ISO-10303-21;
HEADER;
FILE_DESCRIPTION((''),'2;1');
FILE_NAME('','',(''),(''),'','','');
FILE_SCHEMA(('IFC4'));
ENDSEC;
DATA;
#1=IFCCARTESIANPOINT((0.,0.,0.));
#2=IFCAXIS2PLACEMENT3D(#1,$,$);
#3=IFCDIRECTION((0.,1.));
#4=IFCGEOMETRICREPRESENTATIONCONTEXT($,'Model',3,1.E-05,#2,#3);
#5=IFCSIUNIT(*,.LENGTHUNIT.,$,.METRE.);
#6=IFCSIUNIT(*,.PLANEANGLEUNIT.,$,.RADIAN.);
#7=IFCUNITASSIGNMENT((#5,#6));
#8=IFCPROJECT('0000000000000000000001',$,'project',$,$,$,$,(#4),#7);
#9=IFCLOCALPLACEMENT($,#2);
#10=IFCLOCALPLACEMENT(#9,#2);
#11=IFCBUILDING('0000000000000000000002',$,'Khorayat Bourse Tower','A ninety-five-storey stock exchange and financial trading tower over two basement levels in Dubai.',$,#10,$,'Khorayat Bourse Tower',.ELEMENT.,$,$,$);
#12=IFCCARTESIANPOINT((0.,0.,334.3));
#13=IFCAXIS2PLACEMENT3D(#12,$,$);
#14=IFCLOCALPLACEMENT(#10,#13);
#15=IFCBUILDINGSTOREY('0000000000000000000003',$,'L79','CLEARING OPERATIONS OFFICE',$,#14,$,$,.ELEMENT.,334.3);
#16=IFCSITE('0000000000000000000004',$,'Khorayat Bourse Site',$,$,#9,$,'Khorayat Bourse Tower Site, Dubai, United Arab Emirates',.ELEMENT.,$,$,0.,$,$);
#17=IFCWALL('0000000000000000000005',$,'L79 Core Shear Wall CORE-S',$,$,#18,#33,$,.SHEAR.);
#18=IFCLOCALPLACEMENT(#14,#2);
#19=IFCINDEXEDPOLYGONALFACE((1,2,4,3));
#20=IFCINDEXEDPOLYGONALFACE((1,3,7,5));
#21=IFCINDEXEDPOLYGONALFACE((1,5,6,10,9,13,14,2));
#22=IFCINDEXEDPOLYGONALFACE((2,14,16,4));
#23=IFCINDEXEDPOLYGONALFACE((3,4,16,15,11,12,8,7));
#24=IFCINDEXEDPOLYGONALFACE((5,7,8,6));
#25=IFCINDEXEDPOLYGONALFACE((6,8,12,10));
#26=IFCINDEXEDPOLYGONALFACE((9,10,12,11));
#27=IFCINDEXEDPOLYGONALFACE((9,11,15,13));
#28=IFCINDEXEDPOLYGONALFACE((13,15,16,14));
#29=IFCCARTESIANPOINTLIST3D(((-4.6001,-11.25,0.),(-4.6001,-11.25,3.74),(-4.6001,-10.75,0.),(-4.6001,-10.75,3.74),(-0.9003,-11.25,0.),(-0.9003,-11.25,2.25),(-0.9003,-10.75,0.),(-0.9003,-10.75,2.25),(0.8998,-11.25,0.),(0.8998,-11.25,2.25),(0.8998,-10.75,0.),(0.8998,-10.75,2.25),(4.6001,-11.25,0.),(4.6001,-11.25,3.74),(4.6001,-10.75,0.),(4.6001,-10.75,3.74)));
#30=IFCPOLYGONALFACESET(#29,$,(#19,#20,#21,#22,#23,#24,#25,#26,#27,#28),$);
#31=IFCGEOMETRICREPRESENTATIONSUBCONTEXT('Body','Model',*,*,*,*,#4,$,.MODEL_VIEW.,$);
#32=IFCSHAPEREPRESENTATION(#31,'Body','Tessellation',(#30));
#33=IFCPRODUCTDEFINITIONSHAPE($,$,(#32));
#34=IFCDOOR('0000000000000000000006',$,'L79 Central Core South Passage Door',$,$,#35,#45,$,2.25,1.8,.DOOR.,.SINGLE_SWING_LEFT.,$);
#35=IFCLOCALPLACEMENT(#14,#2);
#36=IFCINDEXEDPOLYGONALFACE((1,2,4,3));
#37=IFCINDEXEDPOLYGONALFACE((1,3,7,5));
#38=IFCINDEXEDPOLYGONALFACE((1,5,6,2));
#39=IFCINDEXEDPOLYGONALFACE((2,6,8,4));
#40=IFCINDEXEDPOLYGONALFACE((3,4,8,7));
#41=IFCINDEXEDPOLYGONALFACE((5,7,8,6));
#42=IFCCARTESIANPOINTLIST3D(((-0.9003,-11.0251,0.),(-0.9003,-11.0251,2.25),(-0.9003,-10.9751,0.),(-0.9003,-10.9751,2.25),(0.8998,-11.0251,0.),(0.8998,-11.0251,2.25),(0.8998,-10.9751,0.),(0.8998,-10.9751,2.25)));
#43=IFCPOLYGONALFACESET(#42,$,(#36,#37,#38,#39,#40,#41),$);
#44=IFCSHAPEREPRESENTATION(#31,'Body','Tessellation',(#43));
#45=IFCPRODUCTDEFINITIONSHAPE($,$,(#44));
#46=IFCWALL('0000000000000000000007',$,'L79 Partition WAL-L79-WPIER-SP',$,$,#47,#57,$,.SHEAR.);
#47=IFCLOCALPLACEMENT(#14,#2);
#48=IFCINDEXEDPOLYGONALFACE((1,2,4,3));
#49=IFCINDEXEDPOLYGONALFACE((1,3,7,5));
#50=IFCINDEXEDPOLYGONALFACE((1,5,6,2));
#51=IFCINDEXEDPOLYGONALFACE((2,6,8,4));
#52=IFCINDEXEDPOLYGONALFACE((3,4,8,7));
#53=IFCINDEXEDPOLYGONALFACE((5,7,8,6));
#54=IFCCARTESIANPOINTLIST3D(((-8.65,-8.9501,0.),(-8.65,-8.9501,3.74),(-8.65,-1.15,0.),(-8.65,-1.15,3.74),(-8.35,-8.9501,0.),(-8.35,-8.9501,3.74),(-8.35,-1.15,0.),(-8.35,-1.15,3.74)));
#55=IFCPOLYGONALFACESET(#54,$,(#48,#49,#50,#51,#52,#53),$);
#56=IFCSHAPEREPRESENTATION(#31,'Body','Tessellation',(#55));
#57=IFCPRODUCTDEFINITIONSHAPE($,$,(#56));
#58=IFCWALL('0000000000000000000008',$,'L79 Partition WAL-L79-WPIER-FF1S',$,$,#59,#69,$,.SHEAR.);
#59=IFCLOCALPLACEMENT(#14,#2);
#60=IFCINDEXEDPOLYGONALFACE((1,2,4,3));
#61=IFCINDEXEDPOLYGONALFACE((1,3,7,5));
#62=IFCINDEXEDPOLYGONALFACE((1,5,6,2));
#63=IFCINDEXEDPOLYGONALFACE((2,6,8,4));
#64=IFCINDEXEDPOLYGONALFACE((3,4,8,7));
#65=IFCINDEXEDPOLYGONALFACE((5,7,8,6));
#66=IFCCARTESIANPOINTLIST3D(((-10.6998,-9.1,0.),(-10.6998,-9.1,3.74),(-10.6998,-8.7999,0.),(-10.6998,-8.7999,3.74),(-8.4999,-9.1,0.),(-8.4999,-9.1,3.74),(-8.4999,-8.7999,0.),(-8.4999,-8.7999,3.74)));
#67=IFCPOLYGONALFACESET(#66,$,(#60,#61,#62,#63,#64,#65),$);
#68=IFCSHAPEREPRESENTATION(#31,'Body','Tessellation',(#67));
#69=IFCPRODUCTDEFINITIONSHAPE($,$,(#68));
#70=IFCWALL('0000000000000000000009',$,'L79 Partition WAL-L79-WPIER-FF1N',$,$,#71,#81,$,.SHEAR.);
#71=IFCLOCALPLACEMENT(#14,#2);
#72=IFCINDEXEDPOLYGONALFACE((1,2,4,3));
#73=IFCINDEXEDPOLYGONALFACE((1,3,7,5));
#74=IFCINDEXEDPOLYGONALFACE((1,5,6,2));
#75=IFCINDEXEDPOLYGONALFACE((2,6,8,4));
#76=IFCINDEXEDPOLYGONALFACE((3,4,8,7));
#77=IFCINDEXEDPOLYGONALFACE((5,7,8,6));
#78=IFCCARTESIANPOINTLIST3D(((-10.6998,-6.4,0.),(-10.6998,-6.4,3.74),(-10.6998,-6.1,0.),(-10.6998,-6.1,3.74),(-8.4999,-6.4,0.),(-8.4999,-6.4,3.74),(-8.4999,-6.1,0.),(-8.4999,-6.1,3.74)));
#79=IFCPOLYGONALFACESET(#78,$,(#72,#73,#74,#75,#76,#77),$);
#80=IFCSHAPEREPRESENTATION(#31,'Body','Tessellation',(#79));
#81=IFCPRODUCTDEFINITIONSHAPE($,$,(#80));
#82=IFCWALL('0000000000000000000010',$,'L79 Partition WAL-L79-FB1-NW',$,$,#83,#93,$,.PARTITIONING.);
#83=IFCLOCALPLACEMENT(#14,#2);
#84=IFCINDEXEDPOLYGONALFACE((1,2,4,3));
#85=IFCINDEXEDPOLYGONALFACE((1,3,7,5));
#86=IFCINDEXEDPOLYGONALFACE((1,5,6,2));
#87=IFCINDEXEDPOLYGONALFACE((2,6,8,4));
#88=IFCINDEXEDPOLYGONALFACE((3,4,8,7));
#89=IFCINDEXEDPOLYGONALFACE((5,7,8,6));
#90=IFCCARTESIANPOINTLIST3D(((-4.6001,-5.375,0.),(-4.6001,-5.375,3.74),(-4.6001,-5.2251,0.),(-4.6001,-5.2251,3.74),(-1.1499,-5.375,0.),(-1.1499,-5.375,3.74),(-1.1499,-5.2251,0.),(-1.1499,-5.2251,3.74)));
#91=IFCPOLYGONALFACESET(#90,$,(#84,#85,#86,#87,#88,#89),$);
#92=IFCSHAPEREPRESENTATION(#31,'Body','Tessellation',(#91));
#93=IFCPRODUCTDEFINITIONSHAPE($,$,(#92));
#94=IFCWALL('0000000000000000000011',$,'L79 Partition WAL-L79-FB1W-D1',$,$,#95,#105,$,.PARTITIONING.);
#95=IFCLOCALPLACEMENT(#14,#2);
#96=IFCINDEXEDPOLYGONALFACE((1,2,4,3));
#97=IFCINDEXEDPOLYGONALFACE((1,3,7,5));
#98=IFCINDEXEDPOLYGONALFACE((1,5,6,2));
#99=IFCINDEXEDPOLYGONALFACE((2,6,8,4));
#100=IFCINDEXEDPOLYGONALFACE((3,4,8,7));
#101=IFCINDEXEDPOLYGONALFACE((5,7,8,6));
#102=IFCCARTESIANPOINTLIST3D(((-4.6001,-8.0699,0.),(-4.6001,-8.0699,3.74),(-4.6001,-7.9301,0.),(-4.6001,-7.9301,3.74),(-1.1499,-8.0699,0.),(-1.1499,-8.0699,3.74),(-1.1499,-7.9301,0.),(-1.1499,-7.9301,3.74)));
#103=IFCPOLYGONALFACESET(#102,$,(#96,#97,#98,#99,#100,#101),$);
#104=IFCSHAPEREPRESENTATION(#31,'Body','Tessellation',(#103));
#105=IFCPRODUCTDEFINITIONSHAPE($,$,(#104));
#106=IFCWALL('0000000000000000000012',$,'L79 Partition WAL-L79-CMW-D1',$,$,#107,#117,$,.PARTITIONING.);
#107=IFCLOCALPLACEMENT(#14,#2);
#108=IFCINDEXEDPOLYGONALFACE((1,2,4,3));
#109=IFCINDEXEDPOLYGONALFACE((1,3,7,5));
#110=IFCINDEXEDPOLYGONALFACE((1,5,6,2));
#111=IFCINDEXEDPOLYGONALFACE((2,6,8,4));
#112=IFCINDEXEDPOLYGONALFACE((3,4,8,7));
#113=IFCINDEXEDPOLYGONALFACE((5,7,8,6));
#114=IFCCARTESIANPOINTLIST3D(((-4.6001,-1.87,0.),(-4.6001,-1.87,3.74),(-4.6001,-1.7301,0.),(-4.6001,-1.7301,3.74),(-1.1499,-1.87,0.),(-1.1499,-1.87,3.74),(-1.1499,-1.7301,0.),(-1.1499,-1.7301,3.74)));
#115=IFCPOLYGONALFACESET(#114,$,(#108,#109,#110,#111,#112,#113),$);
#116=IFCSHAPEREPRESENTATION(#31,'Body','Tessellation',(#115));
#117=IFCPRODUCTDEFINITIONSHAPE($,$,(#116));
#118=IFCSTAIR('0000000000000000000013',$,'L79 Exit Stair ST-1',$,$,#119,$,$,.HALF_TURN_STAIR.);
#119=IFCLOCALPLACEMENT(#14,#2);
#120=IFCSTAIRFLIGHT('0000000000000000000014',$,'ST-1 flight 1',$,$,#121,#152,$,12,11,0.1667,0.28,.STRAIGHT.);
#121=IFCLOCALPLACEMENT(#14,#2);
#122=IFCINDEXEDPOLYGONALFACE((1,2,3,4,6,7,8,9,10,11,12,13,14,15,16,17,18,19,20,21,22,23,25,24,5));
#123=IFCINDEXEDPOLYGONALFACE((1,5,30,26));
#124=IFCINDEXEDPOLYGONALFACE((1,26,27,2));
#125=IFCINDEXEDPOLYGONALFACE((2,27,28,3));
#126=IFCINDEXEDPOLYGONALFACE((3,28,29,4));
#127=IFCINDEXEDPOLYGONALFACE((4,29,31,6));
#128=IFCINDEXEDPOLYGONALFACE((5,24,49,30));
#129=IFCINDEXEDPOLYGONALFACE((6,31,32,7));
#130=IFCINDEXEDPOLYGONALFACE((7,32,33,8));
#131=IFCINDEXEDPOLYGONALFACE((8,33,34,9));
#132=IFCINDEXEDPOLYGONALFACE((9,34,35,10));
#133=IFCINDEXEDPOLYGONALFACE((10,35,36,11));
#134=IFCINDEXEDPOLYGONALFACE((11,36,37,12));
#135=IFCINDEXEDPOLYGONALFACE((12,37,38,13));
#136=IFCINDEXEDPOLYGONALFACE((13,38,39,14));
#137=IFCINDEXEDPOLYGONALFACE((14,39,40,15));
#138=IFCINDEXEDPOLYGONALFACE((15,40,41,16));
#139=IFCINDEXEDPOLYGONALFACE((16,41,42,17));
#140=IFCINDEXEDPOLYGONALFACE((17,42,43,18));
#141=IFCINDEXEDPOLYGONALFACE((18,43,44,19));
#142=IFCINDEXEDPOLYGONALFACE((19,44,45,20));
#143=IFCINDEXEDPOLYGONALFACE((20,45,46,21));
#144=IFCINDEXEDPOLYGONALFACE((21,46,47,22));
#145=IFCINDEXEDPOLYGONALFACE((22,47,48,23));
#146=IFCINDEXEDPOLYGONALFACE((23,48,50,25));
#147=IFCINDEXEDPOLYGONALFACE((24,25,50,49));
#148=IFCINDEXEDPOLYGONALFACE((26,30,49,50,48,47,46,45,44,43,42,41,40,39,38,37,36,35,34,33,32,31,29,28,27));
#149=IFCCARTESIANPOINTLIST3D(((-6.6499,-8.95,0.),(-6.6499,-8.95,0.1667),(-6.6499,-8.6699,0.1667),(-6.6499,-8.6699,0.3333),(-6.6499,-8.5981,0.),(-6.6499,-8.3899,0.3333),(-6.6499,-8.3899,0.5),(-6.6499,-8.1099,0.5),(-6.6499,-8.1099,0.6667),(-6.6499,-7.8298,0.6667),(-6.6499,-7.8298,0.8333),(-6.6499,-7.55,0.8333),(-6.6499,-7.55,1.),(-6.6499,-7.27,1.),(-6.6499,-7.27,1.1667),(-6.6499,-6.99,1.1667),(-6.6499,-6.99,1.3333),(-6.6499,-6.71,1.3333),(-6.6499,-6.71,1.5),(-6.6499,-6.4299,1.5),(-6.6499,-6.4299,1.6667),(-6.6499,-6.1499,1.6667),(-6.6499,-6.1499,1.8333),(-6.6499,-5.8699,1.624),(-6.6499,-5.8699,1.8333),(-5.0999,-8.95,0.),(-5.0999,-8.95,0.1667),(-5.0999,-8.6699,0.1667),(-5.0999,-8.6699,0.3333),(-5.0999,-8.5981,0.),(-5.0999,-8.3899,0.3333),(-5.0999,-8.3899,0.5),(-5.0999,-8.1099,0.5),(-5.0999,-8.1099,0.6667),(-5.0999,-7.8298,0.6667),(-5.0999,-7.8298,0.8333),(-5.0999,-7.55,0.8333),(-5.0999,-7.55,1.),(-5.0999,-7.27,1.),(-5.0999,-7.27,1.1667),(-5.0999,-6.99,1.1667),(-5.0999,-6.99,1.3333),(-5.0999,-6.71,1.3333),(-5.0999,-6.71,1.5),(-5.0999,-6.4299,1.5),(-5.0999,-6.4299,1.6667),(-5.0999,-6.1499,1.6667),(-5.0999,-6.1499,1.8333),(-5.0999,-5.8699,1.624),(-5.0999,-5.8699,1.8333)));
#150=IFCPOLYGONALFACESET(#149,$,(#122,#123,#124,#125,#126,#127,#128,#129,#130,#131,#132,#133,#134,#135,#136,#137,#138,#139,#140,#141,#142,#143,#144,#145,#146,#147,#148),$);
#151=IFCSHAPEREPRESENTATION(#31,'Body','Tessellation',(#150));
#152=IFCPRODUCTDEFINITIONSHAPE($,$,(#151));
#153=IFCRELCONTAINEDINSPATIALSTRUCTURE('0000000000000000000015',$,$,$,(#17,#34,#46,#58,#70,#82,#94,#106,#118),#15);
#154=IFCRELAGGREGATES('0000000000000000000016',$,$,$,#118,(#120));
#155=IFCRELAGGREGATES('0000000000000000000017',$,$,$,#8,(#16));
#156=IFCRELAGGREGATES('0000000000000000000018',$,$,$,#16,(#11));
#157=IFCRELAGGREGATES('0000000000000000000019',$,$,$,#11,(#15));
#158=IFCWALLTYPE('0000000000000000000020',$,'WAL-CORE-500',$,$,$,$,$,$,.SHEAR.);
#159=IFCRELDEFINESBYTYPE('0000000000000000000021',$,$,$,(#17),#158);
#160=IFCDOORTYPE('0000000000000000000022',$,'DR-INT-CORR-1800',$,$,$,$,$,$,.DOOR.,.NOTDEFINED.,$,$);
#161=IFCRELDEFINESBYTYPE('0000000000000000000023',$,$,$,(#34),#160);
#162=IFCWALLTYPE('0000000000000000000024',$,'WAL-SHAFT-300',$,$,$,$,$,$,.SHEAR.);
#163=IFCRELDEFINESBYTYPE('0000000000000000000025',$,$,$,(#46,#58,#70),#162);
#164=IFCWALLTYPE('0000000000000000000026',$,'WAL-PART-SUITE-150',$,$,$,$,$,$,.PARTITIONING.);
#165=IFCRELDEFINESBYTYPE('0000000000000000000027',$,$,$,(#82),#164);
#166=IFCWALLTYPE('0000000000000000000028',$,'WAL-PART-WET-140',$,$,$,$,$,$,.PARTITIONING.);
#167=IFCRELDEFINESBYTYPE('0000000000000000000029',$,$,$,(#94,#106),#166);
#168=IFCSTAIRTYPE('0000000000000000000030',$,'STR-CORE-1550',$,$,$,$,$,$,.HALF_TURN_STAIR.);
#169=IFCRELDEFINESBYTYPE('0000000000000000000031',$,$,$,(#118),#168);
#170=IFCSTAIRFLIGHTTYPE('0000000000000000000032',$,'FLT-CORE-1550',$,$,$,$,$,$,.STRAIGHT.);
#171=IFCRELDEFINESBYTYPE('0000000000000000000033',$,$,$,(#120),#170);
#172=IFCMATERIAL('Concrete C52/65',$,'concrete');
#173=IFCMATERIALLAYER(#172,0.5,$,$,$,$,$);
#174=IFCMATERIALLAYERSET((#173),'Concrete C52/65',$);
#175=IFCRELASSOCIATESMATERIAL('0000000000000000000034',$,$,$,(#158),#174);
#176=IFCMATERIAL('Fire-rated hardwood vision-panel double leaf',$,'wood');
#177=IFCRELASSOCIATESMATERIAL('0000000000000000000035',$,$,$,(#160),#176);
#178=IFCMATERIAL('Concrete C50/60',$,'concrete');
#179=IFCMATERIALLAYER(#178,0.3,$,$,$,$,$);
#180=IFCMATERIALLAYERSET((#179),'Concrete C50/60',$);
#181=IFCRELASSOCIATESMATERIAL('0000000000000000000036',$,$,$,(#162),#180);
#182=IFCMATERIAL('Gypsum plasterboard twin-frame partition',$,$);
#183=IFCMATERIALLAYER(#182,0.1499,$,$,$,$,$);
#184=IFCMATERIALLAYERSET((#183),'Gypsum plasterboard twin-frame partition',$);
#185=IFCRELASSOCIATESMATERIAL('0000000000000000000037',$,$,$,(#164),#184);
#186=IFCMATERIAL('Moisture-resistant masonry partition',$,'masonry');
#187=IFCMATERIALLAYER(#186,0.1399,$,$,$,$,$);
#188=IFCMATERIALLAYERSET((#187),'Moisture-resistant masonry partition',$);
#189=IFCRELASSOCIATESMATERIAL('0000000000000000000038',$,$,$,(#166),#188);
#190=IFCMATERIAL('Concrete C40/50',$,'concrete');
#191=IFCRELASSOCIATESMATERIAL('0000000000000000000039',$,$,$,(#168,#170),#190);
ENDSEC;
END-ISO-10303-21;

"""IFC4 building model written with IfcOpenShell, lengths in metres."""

from ifc_helpers import new_model, si_unit, direction, frame, frame_2d, origin, place, context, subcontext, project, spatial, polyline, rectangle, outline, extrude, source, transform, mapped, material, layer, layer_set, type_object, element, fill, aggregate, save


model = new_model("IFC4")

# Units and contexts
model_context = context("Model", 3, precision=1e-05, world=origin(), true_north=direction((0.0, 1.0)))
body_context = subcontext(model_context, "Body", "Model", "MODEL_VIEW")
ifc_project = project(units=[si_unit("LENGTHUNIT", "METRE"), si_unit("PLANEANGLEUNIT", "RADIAN")], contexts=[model_context])

# Site, building, storey
site_placement = place(None, origin())
site = spatial("IfcSite", under=ifc_project, at=site_placement, Name="Khorayat Bourse Site", LongName="Khorayat Bourse Tower Site, Dubai, United Arab Emirates", CompositionType="ELEMENT", RefElevation=0.0)
building_placement = place(site_placement, origin())
building = spatial("IfcBuilding", under=site, at=building_placement, Name="Khorayat Bourse Tower", Description="A ninety-five-storey stock exchange and financial trading tower over two basement levels in Dubai.", LongName="Khorayat Bourse Tower", CompositionType="ELEMENT")
storey_placement = place(building_placement, frame((0.0, 0.0, 334.3)))
storey = spatial("IfcBuildingStorey", under=building, at=storey_placement, Name="L79", Description="CLEARING OPERATIONS OFFICE", CompositionType="ELEMENT", Elevation=334.3)

# Shared definitions
ifc_material_1 = material(Name="Concrete C52/65", Category="concrete")

# Shared definitions
ifc_layer_1 = layer(ifc_material_1, 0.5)
ifc_layer_set_1 = layer_set([ifc_layer_1], Name="Concrete C52/65")
wall_type_1 = type_object("IfcWallType", Name="WAL-CORE-500", PredefinedType="SHEAR", material=ifc_layer_set_1)

# Wall, opening, door
shared_shape_1 = source(origin(), body_context, "Body", "SweptSolid", [
    extrude(rectangle(XDim=9.2002, YDim=0.5, at=frame_2d((4.6001, 0.0))), origin(), (0.0, 0.0, 1.0), 3.74),
])
wall_1_placement = place(storey_placement, frame((-4.6001, -11.0, 0.0), z_axis=(0.0, 0.0, 1.0), x_axis=(1.0, 0.0, 0.0)))
wall_1 = element("IfcWall", 1, at=wall_1_placement, inside=storey, type_object=wall_type_1, Name="L79 Core Shear Wall CORE-S", PredefinedType="SHEAR", context=body_context, shape_type="MappedRepresentation", body=[
    mapped(shared_shape_1, transform((0.0, 0.0, 0.0), scale=1.0)),
])
shared_shape_2 = source(origin(), body_context, "Body", "SweptSolid", [
    extrude(rectangle(XDim=1.8, YDim=2.25, at=frame_2d((0.8999, 1.125))), frame((0.0, 0.26, 0.0), z_axis=(0.0, -1.0, 0.0), x_axis=(1.0, 0.0, 0.0)), (0.0, 0.0, 1.0), 0.52),
])
opening_placement = place(wall_1_placement, frame((3.7, 0.0, 0.0)))
opening = element("IfcOpeningElement", 2, at=opening_placement, cuts=wall_1, PredefinedType="OPENING", context=body_context, shape_type="MappedRepresentation", body=[
    mapped(shared_shape_2, transform((0.0, 0.0, 0.0), scale=1.0)),
])
ifc_material_2 = material(Name="Fire-rated hardwood vision-panel double leaf", Category="wood")
door_type = type_object("IfcDoorType", Name="DR-INT-CORR-1800", OperationType="NOTDEFINED", PredefinedType="DOOR", material=ifc_material_2)
shared_shape_3 = source(origin(), body_context, "Body", "SweptSolid", [
    extrude(rectangle(XDim=1.8, YDim=2.25, at=frame_2d((0.8999, 1.125))), frame((0.0, 0.0249, 0.0), z_axis=(0.0, -1.0, 0.0), x_axis=(1.0, 0.0, 0.0)), (0.0, 0.0, 1.0), 0.05),
])
door_placement = place(opening_placement, origin())
door = element("IfcDoor", 3, at=door_placement, inside=storey, type_object=door_type, Name="L79 Central Core South Passage Door", OperationType="SINGLE_SWING_LEFT", OverallHeight=2.25, OverallWidth=1.8, PredefinedType="DOOR", context=body_context, shape_type="MappedRepresentation", body=[
    mapped(shared_shape_3, transform((0.0, 0.0, 0.0), scale=1.0)),
])
fill(opening, door)

# Walls
ifc_material_3 = material(Name="Concrete C50/60", Category="concrete")
ifc_layer_2 = layer(ifc_material_3, 0.3)
ifc_layer_set_2 = layer_set([ifc_layer_2], Name="Concrete C50/60")
wall_type_2 = type_object("IfcWallType", Name="WAL-SHAFT-300", PredefinedType="SHEAR", material=ifc_layer_set_2)
shared_shape_4 = source(origin(), body_context, "Body", "SweptSolid", [
    extrude(rectangle(XDim=7.8, YDim=0.3, at=frame_2d((3.8999, 0.0))), origin(), (0.0, 0.0, 1.0), 3.74),
])
wall_2_placement = place(storey_placement, frame((-8.5, -8.95, 0.0), z_axis=(0.0, 0.0, 1.0), x_axis=(0.0, 1.0, 0.0)))
element("IfcWall", 4, at=wall_2_placement, inside=storey, type_object=wall_type_2, Name="L79 Partition WAL-L79-WPIER-SP", PredefinedType="SHEAR", context=body_context, shape_type="MappedRepresentation", body=[
    mapped(shared_shape_4, transform((0.0, 0.0, 0.0), scale=1.0)),
])
shared_shape_5 = source(origin(), body_context, "Body", "SweptSolid", [
    extrude(rectangle(XDim=2.2, YDim=0.3, at=frame_2d((1.1001, 0.0))), origin(), (0.0, 0.0, 1.0), 3.74),
])
for number, where, z_axis, x_axis, name in (
    (5, (-10.7, -8.95, 0.0), (0.0, 0.0, 1.0), (1.0, 0.0, 0.0), "L79 Partition WAL-L79-WPIER-FF1S"),
    (6, (-10.7, -6.25, 0.0), (0.0, 0.0, 1.0), (1.0, 0.0, 0.0), "L79 Partition WAL-L79-WPIER-FF1N"),
):
    element("IfcWall", number, at=place(storey_placement, frame(where, z_axis=z_axis, x_axis=x_axis)), inside=storey, type_object=wall_type_2, Name=name, PredefinedType="SHEAR", context=body_context, shape_type="MappedRepresentation", body=[
        mapped(shared_shape_5, transform((0.0, 0.0, 0.0), scale=1.0)),
    ])
ifc_material_4 = material(Name="Gypsum plasterboard twin-frame partition")
ifc_layer_3 = layer(ifc_material_4, 0.1499)
ifc_layer_set_3 = layer_set([ifc_layer_3], Name="Gypsum plasterboard twin-frame partition")
wall_type_3 = type_object("IfcWallType", Name="WAL-PART-SUITE-150", PredefinedType="PARTITIONING", material=ifc_layer_set_3)
shared_shape_6 = source(origin(), body_context, "Body", "SweptSolid", [
    extrude(rectangle(XDim=3.4502, YDim=0.1499, at=frame_2d((1.7251, 0.0))), origin(), (0.0, 0.0, 1.0), 3.74),
])
wall_3_placement = place(storey_placement, frame((-4.6001, -5.3, 0.0), z_axis=(0.0, 0.0, 1.0), x_axis=(1.0, 0.0, 0.0)))
element("IfcWall", 7, at=wall_3_placement, inside=storey, type_object=wall_type_3, Name="L79 Partition WAL-L79-FB1-NW", PredefinedType="PARTITIONING", context=body_context, shape_type="MappedRepresentation", body=[
    mapped(shared_shape_6, transform((0.0, 0.0, 0.0), scale=1.0)),
])
ifc_material_5 = material(Name="Moisture-resistant masonry partition", Category="masonry")
ifc_layer_4 = layer(ifc_material_5, 0.1399)
ifc_layer_set_4 = layer_set([ifc_layer_4], Name="Moisture-resistant masonry partition")
wall_type_4 = type_object("IfcWallType", Name="WAL-PART-WET-140", PredefinedType="PARTITIONING", material=ifc_layer_set_4)
shared_shape_7 = source(origin(), body_context, "Body", "SweptSolid", [
    extrude(rectangle(XDim=3.4502, YDim=0.1399, at=frame_2d((1.7251, 0.0))), origin(), (0.0, 0.0, 1.0), 3.74),
])
for number, where, z_axis, x_axis, name in (
    (8, (-4.6001, -8.0, 0.0), (0.0, 0.0, 1.0), (1.0, 0.0, 0.0), "L79 Partition WAL-L79-FB1W-D1"),
    (9, (-4.6001, -1.8, 0.0), (0.0, 0.0, 1.0), (1.0, 0.0, 0.0), "L79 Partition WAL-L79-CMW-D1"),
):
    element("IfcWall", number, at=place(storey_placement, frame(where, z_axis=z_axis, x_axis=x_axis)), inside=storey, type_object=wall_type_4, Name=name, PredefinedType="PARTITIONING", context=body_context, shape_type="MappedRepresentation", body=[
        mapped(shared_shape_7, transform((0.0, 0.0, 0.0), scale=1.0)),
    ])

# Stair, stair flight
ifc_material_6 = material(Name="Concrete C40/50", Category="concrete")
stair_type = type_object("IfcStairType", Name="STR-CORE-1550", PredefinedType="HALF_TURN_STAIR", material=ifc_material_6)
stair_placement = place(storey_placement, origin())
stair = element("IfcStair", 10, at=stair_placement, inside=storey, type_object=stair_type, Name="L79 Exit Stair ST-1", PredefinedType="HALF_TURN_STAIR")
stair_flight_type = type_object("IfcStairFlightType", Name="FLT-CORE-1550", PredefinedType="STRAIGHT", material=ifc_material_6)
shared_shape_8 = source(origin(), body_context, "Body", "SweptSolid", [
    extrude(outline(polyline([(0.0, 0.0), (0.0, 0.1667), (0.28, 0.1667), (0.28, 0.3333), (0.5601, 0.3333), (0.5601, 0.5), (0.8401, 0.5), (0.8401, 0.6667), (1.1201, 0.6667), (1.1201, 0.8333), (1.3999, 0.8333), (1.3999, 1.0), (1.6799, 1.0), (1.6799, 1.1667), (1.96, 1.1667), (1.96, 1.3333), (2.24, 1.3333), (2.24, 1.5), (2.52, 1.5), (2.52, 1.6667), (2.8, 1.6667), (2.8, 1.8333), (3.0801, 1.8333), (3.0801, 2.0), (3.0801, 1.624), (0.3518, 0.0), (0.0, 0.0)])), frame((0.0, 0.7749, 0.0), z_axis=(0.0, -1.0, 0.0), x_axis=(1.0, 0.0, 0.0)), (0.0, 0.0, 1.0), 1.55),
])
stair_flight_1_placement = place(storey_placement, frame((-5.875, -8.95, 0.0), z_axis=(0.0, 0.0, 1.0), x_axis=(0.0, 1.0, 0.0)))
stair_flight_1 = element("IfcStairFlight", 11, at=stair_flight_1_placement, type_object=stair_flight_type, Name="ST-1 flight 1", NumberOfRisers=12, NumberOfTreads=11, PredefinedType="STRAIGHT", RiserHeight=0.1667, TreadLength=0.28, context=body_context, shape_type="MappedRepresentation", body=[
    mapped(shared_shape_8, transform((0.0, 0.0, 0.0), scale=1.0)),
])
aggregate(stair, [stair_flight_1])

save(model, "model.ifc")
